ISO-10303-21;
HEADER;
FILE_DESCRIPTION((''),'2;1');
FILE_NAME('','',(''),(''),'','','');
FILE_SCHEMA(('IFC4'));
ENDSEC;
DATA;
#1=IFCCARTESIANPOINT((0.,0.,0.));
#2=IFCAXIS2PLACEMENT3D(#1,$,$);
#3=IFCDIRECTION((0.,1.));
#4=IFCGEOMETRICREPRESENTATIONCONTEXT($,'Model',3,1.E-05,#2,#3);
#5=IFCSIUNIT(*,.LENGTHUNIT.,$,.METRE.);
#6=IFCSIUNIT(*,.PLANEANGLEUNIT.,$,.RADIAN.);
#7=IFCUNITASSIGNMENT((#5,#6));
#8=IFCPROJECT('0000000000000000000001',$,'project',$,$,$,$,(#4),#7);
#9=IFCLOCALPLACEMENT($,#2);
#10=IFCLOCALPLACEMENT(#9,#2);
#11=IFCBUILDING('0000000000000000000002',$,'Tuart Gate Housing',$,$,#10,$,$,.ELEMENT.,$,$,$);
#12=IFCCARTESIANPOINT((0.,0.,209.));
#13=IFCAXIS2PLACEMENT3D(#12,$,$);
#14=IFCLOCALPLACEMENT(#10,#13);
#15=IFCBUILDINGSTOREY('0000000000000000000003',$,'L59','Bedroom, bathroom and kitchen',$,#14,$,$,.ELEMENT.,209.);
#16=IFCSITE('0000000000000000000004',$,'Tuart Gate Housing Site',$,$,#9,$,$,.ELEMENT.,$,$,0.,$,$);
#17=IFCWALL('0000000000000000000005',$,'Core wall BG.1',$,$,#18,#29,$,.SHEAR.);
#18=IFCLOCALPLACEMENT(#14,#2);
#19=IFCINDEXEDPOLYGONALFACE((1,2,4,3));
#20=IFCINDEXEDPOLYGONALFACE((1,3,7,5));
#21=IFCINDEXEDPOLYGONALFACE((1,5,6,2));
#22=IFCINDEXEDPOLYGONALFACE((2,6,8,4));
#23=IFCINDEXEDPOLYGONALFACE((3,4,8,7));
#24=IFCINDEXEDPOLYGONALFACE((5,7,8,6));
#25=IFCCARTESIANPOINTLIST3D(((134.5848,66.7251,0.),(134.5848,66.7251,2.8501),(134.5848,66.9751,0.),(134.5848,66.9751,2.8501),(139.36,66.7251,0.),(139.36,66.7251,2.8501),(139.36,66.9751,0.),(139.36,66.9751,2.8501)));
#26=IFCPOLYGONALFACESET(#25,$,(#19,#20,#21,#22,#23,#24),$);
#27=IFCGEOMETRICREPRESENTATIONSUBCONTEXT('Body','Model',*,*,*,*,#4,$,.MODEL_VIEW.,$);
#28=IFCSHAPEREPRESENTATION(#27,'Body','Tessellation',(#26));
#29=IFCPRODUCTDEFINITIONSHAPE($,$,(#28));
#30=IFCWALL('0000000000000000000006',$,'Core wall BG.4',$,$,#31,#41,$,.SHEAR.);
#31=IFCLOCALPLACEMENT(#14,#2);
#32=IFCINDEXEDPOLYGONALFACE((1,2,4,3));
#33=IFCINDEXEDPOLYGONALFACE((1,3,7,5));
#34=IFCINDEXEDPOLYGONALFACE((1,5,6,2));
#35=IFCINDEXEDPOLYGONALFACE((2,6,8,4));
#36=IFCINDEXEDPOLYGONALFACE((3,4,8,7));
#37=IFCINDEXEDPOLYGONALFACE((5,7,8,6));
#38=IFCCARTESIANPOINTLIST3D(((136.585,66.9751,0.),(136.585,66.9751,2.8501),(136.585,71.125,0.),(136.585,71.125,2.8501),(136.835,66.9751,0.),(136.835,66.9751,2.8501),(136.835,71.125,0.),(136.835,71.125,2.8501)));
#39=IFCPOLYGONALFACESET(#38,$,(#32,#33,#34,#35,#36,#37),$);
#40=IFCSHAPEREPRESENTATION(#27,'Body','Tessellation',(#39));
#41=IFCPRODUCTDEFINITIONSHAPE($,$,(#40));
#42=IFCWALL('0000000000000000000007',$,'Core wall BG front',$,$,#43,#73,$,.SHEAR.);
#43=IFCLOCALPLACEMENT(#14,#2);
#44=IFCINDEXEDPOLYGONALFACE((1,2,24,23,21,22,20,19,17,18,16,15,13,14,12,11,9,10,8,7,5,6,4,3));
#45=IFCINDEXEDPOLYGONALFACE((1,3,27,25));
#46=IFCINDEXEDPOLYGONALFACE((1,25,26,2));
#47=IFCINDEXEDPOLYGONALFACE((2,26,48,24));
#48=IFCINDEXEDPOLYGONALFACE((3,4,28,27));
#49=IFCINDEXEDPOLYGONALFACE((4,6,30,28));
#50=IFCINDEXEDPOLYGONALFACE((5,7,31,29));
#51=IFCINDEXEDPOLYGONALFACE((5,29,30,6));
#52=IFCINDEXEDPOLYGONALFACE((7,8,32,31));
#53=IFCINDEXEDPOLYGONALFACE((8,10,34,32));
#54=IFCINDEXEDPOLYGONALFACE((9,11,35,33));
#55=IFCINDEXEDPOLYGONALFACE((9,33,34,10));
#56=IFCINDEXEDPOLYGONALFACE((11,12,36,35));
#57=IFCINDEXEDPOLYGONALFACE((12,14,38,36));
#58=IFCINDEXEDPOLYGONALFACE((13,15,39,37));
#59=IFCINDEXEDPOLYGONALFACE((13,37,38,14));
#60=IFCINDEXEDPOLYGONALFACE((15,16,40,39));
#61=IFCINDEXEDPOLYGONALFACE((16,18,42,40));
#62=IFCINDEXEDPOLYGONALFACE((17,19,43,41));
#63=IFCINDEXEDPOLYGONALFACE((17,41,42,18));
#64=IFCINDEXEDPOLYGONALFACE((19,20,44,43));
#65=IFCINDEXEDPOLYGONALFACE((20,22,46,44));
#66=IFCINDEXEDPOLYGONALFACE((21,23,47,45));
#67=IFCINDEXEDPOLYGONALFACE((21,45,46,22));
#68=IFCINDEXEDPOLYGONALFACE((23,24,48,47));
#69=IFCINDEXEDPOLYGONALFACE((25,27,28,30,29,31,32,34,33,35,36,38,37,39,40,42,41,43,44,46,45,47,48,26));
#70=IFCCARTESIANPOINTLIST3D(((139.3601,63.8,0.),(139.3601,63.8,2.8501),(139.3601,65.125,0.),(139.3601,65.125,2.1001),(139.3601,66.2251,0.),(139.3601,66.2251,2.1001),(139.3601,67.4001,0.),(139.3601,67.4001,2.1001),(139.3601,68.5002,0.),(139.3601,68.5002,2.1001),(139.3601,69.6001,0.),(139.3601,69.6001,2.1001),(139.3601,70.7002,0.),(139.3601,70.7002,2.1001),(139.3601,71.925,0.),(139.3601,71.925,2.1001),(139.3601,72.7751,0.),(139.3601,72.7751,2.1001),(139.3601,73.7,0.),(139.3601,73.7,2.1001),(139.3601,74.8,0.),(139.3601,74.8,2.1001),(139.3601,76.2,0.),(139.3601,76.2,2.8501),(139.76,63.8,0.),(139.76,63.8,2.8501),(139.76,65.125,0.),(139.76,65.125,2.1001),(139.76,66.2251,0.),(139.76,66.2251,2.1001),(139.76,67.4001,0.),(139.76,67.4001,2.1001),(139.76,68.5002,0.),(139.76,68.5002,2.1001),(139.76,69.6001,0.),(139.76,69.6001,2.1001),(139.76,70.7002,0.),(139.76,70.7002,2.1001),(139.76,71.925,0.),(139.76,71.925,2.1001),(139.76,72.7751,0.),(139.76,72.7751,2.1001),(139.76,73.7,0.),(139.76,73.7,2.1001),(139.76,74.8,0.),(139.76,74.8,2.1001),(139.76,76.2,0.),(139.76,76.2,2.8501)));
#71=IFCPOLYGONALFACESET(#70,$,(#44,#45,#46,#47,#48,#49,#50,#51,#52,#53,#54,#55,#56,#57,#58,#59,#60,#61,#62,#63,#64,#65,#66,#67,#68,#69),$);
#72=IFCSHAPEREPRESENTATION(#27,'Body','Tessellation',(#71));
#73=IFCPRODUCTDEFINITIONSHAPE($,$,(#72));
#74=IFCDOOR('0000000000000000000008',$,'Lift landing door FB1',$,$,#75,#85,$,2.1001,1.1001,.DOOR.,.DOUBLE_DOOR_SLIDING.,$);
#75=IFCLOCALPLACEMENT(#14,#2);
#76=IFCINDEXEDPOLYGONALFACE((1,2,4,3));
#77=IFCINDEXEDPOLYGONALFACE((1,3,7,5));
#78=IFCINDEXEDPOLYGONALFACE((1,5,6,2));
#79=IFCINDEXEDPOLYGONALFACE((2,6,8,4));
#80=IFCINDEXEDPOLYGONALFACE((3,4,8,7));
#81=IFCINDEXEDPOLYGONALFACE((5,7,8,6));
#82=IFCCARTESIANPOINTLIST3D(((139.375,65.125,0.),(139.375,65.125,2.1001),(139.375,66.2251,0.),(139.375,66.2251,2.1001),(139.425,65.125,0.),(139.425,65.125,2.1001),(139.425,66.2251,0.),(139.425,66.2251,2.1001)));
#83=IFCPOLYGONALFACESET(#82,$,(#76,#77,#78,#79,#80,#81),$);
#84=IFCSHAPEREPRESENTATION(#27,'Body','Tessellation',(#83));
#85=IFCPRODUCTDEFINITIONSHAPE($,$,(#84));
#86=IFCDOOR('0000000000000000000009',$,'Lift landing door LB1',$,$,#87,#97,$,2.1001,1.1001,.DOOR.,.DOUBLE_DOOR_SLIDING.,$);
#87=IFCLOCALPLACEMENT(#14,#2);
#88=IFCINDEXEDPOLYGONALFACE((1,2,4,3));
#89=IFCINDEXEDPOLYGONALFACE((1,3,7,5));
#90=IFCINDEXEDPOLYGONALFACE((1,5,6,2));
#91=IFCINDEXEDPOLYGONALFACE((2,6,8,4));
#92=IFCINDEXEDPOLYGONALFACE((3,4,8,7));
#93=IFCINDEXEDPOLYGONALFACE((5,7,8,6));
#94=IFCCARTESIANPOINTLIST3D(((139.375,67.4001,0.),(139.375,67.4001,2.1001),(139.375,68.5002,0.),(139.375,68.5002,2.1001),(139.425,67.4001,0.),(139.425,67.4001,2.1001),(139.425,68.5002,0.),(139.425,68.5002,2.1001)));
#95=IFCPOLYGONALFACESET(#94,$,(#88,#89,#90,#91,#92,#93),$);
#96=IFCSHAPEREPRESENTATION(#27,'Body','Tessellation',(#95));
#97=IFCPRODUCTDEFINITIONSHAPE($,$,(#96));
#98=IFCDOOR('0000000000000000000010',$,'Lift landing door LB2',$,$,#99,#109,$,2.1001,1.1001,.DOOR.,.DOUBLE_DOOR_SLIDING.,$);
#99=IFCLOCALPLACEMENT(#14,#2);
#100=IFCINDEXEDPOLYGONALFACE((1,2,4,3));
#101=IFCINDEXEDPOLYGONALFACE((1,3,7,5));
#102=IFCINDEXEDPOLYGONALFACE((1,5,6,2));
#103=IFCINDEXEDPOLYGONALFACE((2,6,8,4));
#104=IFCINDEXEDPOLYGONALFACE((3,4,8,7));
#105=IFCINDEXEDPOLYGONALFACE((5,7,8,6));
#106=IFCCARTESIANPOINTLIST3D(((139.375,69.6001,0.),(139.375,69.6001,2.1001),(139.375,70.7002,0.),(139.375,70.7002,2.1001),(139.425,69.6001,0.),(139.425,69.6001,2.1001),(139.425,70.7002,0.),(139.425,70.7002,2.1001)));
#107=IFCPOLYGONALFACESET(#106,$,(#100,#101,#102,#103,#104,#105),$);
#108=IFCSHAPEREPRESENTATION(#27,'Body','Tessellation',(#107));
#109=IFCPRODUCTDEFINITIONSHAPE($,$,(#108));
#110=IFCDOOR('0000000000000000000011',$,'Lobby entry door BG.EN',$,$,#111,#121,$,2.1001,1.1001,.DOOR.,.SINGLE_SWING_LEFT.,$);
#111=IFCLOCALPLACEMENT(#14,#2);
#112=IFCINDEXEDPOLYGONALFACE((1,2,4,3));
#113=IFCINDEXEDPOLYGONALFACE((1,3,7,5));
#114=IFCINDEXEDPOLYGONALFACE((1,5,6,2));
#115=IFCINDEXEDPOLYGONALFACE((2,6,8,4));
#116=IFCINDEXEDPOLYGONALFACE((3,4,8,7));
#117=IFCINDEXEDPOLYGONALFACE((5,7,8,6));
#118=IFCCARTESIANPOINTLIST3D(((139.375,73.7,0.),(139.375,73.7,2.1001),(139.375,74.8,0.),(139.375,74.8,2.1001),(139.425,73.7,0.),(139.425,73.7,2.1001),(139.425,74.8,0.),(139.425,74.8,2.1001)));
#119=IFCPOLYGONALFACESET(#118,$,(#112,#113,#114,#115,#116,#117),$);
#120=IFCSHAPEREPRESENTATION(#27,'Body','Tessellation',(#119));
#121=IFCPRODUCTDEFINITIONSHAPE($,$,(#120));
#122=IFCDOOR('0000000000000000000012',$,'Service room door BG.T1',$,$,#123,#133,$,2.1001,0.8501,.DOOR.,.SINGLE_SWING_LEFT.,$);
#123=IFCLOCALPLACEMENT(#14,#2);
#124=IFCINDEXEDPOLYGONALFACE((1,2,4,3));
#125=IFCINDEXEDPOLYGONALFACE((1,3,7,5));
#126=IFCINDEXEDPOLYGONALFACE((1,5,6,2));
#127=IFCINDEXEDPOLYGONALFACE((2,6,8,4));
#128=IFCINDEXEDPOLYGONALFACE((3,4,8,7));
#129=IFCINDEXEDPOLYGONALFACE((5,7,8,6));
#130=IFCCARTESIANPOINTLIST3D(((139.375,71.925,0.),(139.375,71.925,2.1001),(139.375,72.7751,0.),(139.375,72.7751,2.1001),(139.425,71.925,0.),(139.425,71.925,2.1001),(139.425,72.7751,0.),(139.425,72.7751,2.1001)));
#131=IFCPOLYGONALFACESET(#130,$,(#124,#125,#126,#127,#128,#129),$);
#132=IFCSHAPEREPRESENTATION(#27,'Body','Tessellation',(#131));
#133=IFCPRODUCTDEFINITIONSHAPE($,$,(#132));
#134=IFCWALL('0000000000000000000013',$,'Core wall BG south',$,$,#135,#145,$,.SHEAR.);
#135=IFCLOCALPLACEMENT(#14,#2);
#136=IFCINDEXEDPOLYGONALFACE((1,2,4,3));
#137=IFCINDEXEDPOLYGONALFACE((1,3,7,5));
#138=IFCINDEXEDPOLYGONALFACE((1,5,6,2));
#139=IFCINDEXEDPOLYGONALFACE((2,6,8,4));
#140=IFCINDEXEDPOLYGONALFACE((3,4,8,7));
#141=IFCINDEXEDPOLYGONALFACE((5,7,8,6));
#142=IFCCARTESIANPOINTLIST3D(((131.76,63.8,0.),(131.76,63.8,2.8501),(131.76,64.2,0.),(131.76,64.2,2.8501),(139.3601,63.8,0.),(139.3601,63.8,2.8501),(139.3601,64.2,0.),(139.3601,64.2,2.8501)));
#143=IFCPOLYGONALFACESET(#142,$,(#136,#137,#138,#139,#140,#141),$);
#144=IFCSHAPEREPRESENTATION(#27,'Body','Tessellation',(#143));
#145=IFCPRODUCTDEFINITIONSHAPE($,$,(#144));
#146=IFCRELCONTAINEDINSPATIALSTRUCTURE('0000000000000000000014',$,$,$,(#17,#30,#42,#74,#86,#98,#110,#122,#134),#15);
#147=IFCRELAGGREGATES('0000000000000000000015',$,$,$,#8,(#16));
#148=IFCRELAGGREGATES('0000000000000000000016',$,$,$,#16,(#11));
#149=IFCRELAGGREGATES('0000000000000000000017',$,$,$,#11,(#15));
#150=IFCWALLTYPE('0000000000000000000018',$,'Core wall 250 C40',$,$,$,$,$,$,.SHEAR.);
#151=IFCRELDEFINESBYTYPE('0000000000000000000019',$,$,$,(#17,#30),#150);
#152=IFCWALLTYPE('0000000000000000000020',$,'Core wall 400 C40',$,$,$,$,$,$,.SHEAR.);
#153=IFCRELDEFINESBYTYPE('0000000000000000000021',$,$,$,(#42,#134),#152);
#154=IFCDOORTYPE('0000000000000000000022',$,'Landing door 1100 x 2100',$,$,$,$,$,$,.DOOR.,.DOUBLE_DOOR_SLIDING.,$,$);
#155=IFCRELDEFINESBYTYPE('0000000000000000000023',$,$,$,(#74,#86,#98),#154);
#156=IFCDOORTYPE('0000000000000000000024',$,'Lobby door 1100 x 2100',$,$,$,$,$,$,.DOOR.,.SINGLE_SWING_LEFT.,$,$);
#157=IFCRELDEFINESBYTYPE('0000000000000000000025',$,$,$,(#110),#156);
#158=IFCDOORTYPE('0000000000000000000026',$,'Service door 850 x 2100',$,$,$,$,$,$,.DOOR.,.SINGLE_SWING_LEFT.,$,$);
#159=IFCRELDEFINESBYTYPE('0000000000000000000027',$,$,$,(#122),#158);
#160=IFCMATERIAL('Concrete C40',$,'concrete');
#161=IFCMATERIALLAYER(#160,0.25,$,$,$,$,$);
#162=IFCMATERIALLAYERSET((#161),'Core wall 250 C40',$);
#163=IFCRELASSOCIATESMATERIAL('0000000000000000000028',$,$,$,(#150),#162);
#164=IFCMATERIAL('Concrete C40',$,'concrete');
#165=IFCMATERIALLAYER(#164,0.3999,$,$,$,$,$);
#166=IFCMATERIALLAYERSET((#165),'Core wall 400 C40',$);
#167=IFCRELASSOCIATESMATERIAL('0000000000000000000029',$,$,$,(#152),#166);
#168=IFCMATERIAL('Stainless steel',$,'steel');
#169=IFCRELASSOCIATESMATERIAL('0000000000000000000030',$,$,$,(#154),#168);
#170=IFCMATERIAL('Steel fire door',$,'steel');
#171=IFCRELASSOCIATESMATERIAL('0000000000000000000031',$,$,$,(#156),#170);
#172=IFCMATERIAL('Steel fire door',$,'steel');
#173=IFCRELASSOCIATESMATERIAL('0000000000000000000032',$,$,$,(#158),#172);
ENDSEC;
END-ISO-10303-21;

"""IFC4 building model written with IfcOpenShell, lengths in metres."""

from ifc_helpers import new_model, si_unit, direction, frame, frame_2d, origin, place, context, subcontext, project, spatial, rectangle, extrude, material, layer, layer_set, type_object, element, fill, save


model = new_model("IFC4")

# Units and contexts
model_context = context("Model", 3, precision=1e-05, world=origin(), true_north=direction((0.0, 1.0)))
body_context = subcontext(model_context, "Body", "Model", "MODEL_VIEW")
ifc_project = project(units=[si_unit("LENGTHUNIT", "METRE"), si_unit("PLANEANGLEUNIT", "RADIAN")], contexts=[model_context])

# Site, building, storey
site_placement = place(None, origin())
site = spatial("IfcSite", under=ifc_project, at=site_placement, Name="Tuart Gate Housing Site", CompositionType="ELEMENT", RefElevation=0.0)
building_placement = place(site_placement, origin())
building = spatial("IfcBuilding", under=site, at=building_placement, Name="Tuart Gate Housing", CompositionType="ELEMENT")
storey_placement = place(building_placement, frame((0.0, 0.0, 209.0)))
storey = spatial("IfcBuildingStorey", under=building, at=storey_placement, Name="L59", Description="Bedroom, bathroom and kitchen", CompositionType="ELEMENT", Elevation=209.0)

# Walls
ifc_material_1 = material(Name="Concrete C40", Category="concrete")
ifc_layer_1 = layer(ifc_material_1, 0.25)
ifc_layer_set_1 = layer_set([ifc_layer_1], Name="Core wall 250 C40")
wall_type_1 = type_object("IfcWallType", Name="Core wall 250 C40", PredefinedType="SHEAR", material=ifc_layer_set_1)
wall_1_placement = place(storey_placement, frame((139.3601, 66.8501, 0.0), z_axis=(0.0, 0.0, 1.0), x_axis=(-1.0, 0.0, 0.0)))
element("IfcWall", 1, at=wall_1_placement, inside=storey, type_object=wall_type_1, Name="Core wall BG.1", PredefinedType="SHEAR", context=body_context, shape_type="SweptSolid", body=[
    extrude(rectangle(XDim=4.7751, YDim=0.25, at=frame_2d((2.3877, 0.0))), origin(), (0.0, 0.0, 1.0), 2.8501),
])
wall_2_placement = place(storey_placement, frame((136.71, 66.9751, 0.0), z_axis=(0.0, 0.0, 1.0), x_axis=(0.0, 1.0, 0.0)))
element("IfcWall", 2, at=wall_2_placement, inside=storey, type_object=wall_type_1, Name="Core wall BG.4", PredefinedType="SHEAR", context=body_context, shape_type="SweptSolid", body=[
    extrude(rectangle(XDim=4.1499, YDim=0.25, at=frame_2d((2.075, 0.0))), origin(), (0.0, 0.0, 1.0), 2.8501),
])

# Wall, openings, doors
ifc_material_2 = material(Name="Concrete C40", Category="concrete")
ifc_layer_2 = layer(ifc_material_2, 0.3999)
ifc_layer_set_2 = layer_set([ifc_layer_2], Name="Core wall 400 C40")
wall_type_2 = type_object("IfcWallType", Name="Core wall 400 C40", PredefinedType="SHEAR", material=ifc_layer_set_2)
wall_3_placement = place(storey_placement, frame((139.5601, 63.8, 0.0), z_axis=(0.0, 0.0, 1.0), x_axis=(0.0, 1.0, 0.0)))
wall_3 = element("IfcWall", 3, at=wall_3_placement, inside=storey, type_object=wall_type_2, Name="Core wall BG front", PredefinedType="SHEAR", context=body_context, shape_type="SweptSolid", body=[
    extrude(rectangle(XDim=12.3999, YDim=0.3999, at=frame_2d((6.2, 0.0))), origin(), (0.0, 0.0, 1.0), 2.8501),
])
opening_1_placement = place(wall_3_placement, frame((1.325, 0.0, 0.0)))
opening_1 = element("IfcOpeningElement", 4, at=opening_1_placement, cuts=wall_3, PredefinedType="OPENING", context=body_context, shape_type="SweptSolid", body=[
    extrude(rectangle(XDim=1.1001, YDim=2.1001, at=frame_2d((0.55, 1.05))), frame((0.0, 0.21, 0.0), z_axis=(0.0, -1.0, 0.0), x_axis=(1.0, 0.0, 0.0)), (0.0, 0.0, 1.0), 0.4199),
])
opening_2_placement = place(wall_3_placement, frame((3.6001, 0.0, 0.0)))
opening_2 = element("IfcOpeningElement", 5, at=opening_2_placement, cuts=wall_3, PredefinedType="OPENING", context=body_context, shape_type="SweptSolid", body=[
    extrude(rectangle(XDim=1.1001, YDim=2.1001, at=frame_2d((0.55, 1.05))), frame((0.0, 0.21, 0.0), z_axis=(0.0, -1.0, 0.0), x_axis=(1.0, 0.0, 0.0)), (0.0, 0.0, 1.0), 0.4199),
])
opening_3_placement = place(wall_3_placement, frame((5.8, 0.0, 0.0)))
opening_3 = element("IfcOpeningElement", 6, at=opening_3_placement, cuts=wall_3, PredefinedType="OPENING", context=body_context, shape_type="SweptSolid", body=[
    extrude(rectangle(XDim=1.1001, YDim=2.1001, at=frame_2d((0.55, 1.05))), frame((0.0, 0.21, 0.0), z_axis=(0.0, -1.0, 0.0), x_axis=(1.0, 0.0, 0.0)), (0.0, 0.0, 1.0), 0.4199),
])
opening_4_placement = place(wall_3_placement, frame((9.8999, 0.0, 0.0)))
opening_4 = element("IfcOpeningElement", 7, at=opening_4_placement, cuts=wall_3, PredefinedType="OPENING", context=body_context, shape_type="SweptSolid", body=[
    extrude(rectangle(XDim=1.1001, YDim=2.1001, at=frame_2d((0.55, 1.05))), frame((0.0, 0.21, 0.0), z_axis=(0.0, -1.0, 0.0), x_axis=(1.0, 0.0, 0.0)), (0.0, 0.0, 1.0), 0.4199),
])
opening_5_placement = place(wall_3_placement, frame((8.125, 0.0, 0.0)))
opening_5 = element("IfcOpeningElement", 8, at=opening_5_placement, cuts=wall_3, PredefinedType="OPENING", context=body_context, shape_type="SweptSolid", body=[
    extrude(rectangle(XDim=0.8501, YDim=2.1001, at=frame_2d((0.425, 1.05))), frame((0.0, 0.21, 0.0), z_axis=(0.0, -1.0, 0.0), x_axis=(1.0, 0.0, 0.0)), (0.0, 0.0, 1.0), 0.4199),
])
ifc_material_3 = material(Name="Stainless steel", Category="steel")
door_type_1 = type_object("IfcDoorType", Name="Landing door 1100 x 2100", OperationType="DOUBLE_DOOR_SLIDING", PredefinedType="DOOR", material=ifc_material_3)
door_1_placement = place(opening_1_placement, origin())
door_1 = element("IfcDoor", 9, at=door_1_placement, inside=storey, type_object=door_type_1, Name="Lift landing door FB1", OperationType="DOUBLE_DOOR_SLIDING", OverallHeight=2.1001, OverallWidth=1.1001, PredefinedType="DOOR", context=body_context, shape_type="SweptSolid", body=[
    extrude(rectangle(XDim=1.1001, YDim=2.1001, at=frame_2d((0.55, 1.05))), frame((0.0, 0.1851, 0.0), z_axis=(0.0, -1.0, 0.0), x_axis=(1.0, 0.0, 0.0)), (0.0, 0.0, 1.0), 0.05),
])
fill(opening_1, door_1)
door_2_placement = place(opening_2_placement, origin())
door_2 = element("IfcDoor", 10, at=door_2_placement, inside=storey, type_object=door_type_1, Name="Lift landing door LB1", OperationType="DOUBLE_DOOR_SLIDING", OverallHeight=2.1001, OverallWidth=1.1001, PredefinedType="DOOR", context=body_context, shape_type="SweptSolid", body=[
    extrude(rectangle(XDim=1.1001, YDim=2.1001, at=frame_2d((0.55, 1.05))), frame((0.0, 0.1851, 0.0), z_axis=(0.0, -1.0, 0.0), x_axis=(1.0, 0.0, 0.0)), (0.0, 0.0, 1.0), 0.05),
])
fill(opening_2, door_2)
door_3_placement = place(opening_3_placement, origin())
door_3 = element("IfcDoor", 11, at=door_3_placement, inside=storey, type_object=door_type_1, Name="Lift landing door LB2", OperationType="DOUBLE_DOOR_SLIDING", OverallHeight=2.1001, OverallWidth=1.1001, PredefinedType="DOOR", context=body_context, shape_type="SweptSolid", body=[
    extrude(rectangle(XDim=1.1001, YDim=2.1001, at=frame_2d((0.55, 1.05))), frame((0.0, 0.1851, 0.0), z_axis=(0.0, -1.0, 0.0), x_axis=(1.0, 0.0, 0.0)), (0.0, 0.0, 1.0), 0.05),
])
fill(opening_3, door_3)
ifc_material_4 = material(Name="Steel fire door", Category="steel")
door_type_2 = type_object("IfcDoorType", Name="Lobby door 1100 x 2100", OperationType="SINGLE_SWING_LEFT", PredefinedType="DOOR", material=ifc_material_4)
door_4_placement = place(opening_4_placement, origin())
door_4 = element("IfcDoor", 12, at=door_4_placement, inside=storey, type_object=door_type_2, Name="Lobby entry door BG.EN", OperationType="SINGLE_SWING_LEFT", OverallHeight=2.1001, OverallWidth=1.1001, PredefinedType="DOOR", context=body_context, shape_type="SweptSolid", body=[
    extrude(rectangle(XDim=1.1001, YDim=2.1001, at=frame_2d((0.55, 1.05))), frame((0.0, 0.1851, 0.0), z_axis=(0.0, -1.0, 0.0), x_axis=(1.0, 0.0, 0.0)), (0.0, 0.0, 1.0), 0.05),
])
fill(opening_4, door_4)
ifc_material_5 = material(Name="Steel fire door", Category="steel")
door_type_3 = type_object("IfcDoorType", Name="Service door 850 x 2100", OperationType="SINGLE_SWING_LEFT", PredefinedType="DOOR", material=ifc_material_5)
door_5_placement = place(opening_5_placement, origin())
door_5 = element("IfcDoor", 13, at=door_5_placement, inside=storey, type_object=door_type_3, Name="Service room door BG.T1", OperationType="SINGLE_SWING_LEFT", OverallHeight=2.1001, OverallWidth=0.8501, PredefinedType="DOOR", context=body_context, shape_type="SweptSolid", body=[
    extrude(rectangle(XDim=0.8501, YDim=2.1001, at=frame_2d((0.425, 1.05))), frame((0.0, 0.1851, 0.0), z_axis=(0.0, -1.0, 0.0), x_axis=(1.0, 0.0, 0.0)), (0.0, 0.0, 1.0), 0.05),
])
fill(opening_5, door_5)

# Wall
wall_4_placement = place(storey_placement, frame((139.3601, 64.0, 0.0), z_axis=(0.0, 0.0, 1.0), x_axis=(-1.0, 0.0, 0.0)))
element("IfcWall", 14, at=wall_4_placement, inside=storey, type_object=wall_type_2, Name="Core wall BG south", PredefinedType="SHEAR", context=body_context, shape_type="SweptSolid", body=[
    extrude(rectangle(XDim=7.6001, YDim=0.3999, at=frame_2d((3.8, 0.0))), origin(), (0.0, 0.0, 1.0), 2.8501),
])

save(model, "model.ifc")
